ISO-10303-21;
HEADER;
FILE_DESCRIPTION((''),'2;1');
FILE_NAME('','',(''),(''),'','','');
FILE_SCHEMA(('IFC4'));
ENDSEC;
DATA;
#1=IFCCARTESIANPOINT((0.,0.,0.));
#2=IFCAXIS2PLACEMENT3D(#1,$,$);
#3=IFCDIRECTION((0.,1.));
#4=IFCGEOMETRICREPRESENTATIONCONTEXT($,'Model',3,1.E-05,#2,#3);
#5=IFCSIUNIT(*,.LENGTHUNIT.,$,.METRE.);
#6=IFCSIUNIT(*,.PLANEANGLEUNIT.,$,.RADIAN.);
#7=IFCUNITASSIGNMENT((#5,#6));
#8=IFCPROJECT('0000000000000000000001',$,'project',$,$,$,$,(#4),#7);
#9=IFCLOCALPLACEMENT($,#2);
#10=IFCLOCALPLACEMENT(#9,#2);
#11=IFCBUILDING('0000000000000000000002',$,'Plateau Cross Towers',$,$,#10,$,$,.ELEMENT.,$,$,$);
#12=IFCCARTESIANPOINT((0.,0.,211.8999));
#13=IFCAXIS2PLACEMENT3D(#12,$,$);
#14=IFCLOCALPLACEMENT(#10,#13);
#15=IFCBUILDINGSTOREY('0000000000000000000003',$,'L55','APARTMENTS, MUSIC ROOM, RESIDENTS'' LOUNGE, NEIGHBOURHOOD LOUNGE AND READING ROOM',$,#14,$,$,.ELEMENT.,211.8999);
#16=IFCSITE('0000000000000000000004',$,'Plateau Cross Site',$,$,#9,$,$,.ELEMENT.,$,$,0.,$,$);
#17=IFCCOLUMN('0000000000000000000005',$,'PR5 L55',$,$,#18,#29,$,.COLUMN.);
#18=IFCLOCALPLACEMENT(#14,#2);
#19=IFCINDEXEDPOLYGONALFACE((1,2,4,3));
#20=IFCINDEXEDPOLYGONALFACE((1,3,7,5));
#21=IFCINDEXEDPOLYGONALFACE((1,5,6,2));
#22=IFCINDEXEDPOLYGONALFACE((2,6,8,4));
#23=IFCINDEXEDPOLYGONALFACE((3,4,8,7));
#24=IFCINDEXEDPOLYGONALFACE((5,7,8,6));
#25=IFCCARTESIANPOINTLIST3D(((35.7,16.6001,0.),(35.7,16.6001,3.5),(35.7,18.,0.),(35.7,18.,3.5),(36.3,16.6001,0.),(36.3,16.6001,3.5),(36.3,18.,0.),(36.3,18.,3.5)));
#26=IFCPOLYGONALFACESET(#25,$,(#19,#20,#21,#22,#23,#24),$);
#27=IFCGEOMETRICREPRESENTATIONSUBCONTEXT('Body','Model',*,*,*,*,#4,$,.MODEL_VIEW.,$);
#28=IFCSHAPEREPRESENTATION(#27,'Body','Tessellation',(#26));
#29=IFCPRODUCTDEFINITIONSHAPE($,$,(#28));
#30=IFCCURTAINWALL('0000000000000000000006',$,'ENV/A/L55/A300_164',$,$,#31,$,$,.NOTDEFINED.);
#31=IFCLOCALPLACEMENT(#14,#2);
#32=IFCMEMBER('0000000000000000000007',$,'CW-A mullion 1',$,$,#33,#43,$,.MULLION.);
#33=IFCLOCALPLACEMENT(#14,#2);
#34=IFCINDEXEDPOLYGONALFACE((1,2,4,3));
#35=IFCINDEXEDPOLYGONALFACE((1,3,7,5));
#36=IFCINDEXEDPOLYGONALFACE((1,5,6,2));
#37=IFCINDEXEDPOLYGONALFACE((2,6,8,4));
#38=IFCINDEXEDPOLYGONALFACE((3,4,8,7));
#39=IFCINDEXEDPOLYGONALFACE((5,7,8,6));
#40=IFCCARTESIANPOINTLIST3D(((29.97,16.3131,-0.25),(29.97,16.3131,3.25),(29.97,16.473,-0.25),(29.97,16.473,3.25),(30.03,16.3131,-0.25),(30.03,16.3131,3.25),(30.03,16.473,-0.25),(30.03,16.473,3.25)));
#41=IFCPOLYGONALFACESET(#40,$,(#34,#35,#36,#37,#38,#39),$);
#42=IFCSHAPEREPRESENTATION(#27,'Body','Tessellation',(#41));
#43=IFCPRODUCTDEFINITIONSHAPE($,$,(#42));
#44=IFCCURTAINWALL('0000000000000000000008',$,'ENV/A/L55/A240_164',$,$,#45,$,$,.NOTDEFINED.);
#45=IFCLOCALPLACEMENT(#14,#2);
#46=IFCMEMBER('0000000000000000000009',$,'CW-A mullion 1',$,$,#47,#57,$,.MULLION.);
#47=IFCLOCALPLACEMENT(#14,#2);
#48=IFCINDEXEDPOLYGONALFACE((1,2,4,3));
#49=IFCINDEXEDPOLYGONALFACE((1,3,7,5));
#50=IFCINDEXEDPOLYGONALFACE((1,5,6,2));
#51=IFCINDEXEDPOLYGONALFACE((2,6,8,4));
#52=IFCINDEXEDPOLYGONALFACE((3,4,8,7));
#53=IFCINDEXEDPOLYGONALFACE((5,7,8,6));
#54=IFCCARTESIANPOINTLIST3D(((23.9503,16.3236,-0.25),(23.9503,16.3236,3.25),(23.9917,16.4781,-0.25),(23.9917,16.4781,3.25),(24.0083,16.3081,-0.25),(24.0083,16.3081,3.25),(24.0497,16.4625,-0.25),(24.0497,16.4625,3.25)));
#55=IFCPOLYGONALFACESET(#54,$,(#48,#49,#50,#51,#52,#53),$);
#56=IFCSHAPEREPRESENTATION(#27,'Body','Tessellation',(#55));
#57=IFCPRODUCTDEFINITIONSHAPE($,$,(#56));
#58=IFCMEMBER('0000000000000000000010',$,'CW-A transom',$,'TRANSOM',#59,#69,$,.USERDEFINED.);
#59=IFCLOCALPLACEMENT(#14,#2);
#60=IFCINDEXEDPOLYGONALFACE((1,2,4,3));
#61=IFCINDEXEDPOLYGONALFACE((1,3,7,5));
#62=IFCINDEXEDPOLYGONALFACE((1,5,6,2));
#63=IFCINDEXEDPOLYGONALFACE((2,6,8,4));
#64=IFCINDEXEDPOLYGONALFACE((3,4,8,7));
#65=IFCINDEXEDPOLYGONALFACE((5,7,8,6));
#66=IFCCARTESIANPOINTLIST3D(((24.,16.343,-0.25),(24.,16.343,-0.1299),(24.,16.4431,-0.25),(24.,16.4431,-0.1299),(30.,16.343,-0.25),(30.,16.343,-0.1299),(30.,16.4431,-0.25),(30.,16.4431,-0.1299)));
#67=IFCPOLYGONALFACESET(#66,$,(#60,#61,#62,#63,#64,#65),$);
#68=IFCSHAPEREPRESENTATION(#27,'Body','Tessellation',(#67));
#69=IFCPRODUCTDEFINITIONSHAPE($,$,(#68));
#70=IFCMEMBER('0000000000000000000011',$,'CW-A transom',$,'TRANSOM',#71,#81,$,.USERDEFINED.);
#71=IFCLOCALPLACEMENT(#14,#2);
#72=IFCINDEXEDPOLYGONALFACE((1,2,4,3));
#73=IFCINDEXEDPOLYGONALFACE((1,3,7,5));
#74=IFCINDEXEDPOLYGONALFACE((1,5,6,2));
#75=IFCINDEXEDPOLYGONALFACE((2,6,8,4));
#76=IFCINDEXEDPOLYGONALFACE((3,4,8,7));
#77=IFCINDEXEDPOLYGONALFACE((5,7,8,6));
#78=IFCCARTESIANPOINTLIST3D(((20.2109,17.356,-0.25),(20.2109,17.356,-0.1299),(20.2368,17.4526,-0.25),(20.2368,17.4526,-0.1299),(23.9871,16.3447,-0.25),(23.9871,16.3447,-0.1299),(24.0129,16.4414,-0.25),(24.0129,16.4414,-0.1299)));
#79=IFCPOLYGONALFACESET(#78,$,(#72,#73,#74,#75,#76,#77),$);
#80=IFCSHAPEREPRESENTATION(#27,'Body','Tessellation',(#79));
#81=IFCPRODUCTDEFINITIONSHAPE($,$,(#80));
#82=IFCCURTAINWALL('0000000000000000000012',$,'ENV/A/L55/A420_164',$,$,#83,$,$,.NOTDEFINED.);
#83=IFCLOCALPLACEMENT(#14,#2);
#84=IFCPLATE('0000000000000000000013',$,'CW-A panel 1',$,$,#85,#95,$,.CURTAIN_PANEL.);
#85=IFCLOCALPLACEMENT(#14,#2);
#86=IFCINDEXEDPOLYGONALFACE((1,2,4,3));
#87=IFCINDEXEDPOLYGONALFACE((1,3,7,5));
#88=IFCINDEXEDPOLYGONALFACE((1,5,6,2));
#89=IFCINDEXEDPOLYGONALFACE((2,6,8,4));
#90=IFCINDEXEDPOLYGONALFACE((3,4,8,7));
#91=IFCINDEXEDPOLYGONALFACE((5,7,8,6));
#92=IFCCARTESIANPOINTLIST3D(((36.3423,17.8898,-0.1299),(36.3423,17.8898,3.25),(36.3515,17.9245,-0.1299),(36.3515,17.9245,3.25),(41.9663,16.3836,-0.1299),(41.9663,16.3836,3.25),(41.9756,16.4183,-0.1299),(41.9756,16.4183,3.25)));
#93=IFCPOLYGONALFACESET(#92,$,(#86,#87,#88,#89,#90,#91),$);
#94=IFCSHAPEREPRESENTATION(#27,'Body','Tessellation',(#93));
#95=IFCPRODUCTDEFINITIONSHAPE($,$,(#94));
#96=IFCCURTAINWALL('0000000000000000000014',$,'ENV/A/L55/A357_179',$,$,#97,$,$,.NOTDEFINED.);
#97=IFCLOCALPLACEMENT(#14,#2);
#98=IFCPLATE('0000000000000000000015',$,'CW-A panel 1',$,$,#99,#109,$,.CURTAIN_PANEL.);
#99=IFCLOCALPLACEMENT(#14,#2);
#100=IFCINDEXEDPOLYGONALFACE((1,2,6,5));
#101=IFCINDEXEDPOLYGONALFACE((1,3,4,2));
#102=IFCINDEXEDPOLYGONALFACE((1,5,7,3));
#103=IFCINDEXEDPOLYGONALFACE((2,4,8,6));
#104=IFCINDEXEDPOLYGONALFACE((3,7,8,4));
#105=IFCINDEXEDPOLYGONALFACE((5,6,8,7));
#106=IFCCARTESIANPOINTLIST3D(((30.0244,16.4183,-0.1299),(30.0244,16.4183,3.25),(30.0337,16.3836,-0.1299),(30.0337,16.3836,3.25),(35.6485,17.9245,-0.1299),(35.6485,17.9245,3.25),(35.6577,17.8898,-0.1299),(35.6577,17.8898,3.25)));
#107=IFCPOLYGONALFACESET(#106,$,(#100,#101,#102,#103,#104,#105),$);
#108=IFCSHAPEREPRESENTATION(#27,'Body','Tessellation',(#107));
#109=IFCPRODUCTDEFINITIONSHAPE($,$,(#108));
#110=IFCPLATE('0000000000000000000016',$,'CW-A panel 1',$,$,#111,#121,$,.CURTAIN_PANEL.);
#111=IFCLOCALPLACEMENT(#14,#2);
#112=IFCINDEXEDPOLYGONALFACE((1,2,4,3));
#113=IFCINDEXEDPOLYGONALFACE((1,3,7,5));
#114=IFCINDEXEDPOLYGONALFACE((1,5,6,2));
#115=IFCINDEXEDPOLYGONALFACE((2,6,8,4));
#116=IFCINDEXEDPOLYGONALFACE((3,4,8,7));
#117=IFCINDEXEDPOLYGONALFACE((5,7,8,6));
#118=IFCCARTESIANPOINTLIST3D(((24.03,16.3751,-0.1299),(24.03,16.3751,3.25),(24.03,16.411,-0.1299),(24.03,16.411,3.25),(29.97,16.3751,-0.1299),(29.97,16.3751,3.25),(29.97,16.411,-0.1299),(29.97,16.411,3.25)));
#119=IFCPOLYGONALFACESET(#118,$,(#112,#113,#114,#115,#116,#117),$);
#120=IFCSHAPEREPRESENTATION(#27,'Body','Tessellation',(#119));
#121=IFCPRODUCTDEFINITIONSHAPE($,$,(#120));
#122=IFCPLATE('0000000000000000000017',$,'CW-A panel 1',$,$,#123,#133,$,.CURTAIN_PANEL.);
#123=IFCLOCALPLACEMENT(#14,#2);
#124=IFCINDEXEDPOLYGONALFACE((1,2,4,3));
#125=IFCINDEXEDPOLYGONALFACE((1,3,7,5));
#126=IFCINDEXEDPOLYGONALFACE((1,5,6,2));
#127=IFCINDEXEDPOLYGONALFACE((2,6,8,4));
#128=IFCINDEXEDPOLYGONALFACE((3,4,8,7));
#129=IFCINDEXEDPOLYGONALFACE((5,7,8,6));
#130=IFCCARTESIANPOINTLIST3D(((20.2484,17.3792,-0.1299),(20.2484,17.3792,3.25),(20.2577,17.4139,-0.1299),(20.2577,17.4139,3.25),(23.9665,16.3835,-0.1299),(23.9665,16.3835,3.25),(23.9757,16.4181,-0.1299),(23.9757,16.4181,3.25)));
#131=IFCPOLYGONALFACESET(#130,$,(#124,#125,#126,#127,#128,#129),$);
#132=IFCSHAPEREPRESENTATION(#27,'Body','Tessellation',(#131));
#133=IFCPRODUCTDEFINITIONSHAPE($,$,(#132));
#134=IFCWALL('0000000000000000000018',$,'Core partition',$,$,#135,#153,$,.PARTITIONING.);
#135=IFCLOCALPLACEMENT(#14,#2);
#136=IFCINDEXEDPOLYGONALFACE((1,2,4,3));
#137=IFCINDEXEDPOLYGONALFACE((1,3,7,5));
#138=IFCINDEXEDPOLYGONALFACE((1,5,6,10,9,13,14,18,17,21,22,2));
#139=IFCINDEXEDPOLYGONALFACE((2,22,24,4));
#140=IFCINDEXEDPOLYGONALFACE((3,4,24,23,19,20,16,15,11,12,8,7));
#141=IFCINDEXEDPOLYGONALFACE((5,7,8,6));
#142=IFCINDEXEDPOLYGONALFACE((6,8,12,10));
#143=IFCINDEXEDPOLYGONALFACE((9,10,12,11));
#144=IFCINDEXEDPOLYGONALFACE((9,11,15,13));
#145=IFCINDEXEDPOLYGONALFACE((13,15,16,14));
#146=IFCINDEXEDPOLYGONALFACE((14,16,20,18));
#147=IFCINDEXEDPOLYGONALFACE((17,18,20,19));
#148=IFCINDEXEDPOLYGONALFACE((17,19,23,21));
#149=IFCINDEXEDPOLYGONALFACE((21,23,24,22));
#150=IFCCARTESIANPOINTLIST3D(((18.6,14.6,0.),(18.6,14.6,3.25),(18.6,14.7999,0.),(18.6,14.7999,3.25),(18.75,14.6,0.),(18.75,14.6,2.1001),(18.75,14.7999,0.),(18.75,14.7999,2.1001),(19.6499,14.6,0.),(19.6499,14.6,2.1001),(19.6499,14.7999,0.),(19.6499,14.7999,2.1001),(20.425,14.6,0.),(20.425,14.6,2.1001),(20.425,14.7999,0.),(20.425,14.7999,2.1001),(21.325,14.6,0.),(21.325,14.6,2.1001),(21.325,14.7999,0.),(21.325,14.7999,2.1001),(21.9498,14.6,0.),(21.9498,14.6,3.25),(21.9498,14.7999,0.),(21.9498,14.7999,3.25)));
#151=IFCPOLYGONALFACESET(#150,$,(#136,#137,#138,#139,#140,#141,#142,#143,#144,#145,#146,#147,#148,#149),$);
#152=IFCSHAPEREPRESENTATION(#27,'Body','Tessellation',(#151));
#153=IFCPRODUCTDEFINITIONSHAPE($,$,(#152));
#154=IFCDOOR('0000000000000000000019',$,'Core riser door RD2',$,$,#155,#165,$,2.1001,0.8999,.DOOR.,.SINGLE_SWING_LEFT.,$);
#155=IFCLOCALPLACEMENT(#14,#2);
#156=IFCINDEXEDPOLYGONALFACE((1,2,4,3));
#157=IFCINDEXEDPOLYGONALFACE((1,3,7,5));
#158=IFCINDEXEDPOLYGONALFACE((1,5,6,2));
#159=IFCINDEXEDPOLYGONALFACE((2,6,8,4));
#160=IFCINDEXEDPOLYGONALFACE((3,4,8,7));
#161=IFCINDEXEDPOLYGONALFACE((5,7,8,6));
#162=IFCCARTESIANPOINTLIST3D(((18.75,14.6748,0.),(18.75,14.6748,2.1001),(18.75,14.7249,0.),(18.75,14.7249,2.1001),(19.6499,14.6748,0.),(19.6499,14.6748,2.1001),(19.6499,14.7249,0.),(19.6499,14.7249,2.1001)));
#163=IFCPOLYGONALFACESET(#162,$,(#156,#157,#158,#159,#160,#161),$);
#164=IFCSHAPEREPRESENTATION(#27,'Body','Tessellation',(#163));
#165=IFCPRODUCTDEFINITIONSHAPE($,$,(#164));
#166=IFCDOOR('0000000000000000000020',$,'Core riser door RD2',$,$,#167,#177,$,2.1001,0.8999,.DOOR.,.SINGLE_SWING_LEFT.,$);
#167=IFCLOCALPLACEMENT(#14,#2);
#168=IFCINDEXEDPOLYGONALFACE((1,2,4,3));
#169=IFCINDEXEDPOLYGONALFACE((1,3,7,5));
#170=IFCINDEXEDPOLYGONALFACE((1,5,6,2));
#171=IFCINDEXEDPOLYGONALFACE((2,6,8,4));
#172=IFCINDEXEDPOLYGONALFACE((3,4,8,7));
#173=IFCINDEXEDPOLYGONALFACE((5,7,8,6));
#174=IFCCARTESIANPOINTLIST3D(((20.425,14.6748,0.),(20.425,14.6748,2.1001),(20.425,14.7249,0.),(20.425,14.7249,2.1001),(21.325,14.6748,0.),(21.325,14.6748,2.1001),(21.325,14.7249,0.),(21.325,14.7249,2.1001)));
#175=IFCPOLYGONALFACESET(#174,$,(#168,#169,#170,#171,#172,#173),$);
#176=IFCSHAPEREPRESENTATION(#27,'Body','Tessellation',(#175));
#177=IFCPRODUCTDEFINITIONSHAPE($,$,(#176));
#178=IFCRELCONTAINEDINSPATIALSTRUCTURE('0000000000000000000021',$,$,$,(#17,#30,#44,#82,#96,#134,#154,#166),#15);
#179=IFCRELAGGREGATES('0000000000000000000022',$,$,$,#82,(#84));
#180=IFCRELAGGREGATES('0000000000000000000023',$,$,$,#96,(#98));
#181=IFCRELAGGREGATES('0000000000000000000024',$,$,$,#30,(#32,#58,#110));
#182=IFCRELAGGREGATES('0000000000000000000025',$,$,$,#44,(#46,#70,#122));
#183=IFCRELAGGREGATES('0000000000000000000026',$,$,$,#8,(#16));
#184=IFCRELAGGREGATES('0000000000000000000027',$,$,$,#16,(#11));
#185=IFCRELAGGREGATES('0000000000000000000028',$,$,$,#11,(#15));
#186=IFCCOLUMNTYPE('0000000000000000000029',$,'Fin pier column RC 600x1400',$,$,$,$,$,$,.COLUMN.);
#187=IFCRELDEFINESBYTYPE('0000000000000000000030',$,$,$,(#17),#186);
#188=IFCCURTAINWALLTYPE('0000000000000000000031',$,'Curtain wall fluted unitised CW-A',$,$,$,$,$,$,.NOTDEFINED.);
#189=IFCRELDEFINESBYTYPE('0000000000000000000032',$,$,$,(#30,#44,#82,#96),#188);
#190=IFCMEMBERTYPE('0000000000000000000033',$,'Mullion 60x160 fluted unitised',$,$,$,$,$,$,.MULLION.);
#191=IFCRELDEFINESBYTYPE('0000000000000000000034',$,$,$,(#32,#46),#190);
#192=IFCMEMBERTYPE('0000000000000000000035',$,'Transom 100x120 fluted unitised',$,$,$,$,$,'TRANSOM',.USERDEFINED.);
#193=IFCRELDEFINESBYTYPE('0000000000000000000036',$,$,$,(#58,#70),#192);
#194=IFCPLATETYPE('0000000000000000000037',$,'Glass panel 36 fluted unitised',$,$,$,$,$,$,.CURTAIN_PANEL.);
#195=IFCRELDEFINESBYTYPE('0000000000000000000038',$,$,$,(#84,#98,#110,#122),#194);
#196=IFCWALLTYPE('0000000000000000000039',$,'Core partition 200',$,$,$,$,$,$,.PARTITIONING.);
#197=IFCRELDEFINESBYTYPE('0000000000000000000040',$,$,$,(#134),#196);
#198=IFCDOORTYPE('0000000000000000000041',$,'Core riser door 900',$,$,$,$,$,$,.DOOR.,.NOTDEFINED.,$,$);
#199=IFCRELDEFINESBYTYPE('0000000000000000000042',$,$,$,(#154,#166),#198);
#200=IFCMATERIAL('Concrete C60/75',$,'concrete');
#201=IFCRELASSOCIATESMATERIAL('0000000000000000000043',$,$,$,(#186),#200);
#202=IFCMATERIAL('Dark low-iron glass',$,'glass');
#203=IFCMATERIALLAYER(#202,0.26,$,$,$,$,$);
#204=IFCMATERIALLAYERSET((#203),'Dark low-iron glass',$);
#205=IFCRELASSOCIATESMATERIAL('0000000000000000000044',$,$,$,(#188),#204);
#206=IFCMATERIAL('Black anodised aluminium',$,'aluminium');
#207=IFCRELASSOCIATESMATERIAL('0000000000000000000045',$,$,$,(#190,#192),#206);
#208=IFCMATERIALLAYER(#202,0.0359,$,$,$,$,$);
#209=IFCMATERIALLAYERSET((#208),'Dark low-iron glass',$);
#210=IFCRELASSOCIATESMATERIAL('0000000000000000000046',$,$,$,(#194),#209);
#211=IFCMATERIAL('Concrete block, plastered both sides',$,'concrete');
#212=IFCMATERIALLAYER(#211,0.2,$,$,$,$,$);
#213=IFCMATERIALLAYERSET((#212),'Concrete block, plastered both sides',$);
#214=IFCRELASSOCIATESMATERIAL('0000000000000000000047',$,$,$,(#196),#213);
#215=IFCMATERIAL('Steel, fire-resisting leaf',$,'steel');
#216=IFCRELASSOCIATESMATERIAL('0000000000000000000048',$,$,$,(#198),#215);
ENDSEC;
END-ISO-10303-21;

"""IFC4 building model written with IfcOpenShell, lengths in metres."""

from ifc_helpers import new_model, si_unit, direction, frame, frame_2d, origin, origin_2d, place, context, subcontext, project, spatial, rectangle, extrude, material, layer, layer_set, material_profile, profile_set, type_object, element, fill, aggregate, save


model = new_model("IFC4")

# Units and contexts
model_context = context("Model", 3, precision=1e-05, world=origin(), true_north=direction((0.0, 1.0)))
body_context = subcontext(model_context, "Body", "Model", "MODEL_VIEW")
ifc_project = project(units=[si_unit("LENGTHUNIT", "METRE"), si_unit("PLANEANGLEUNIT", "RADIAN")], contexts=[model_context])

# Site, building, storey
site_placement = place(None, origin())
site = spatial("IfcSite", under=ifc_project, at=site_placement, Name="Plateau Cross Site", CompositionType="ELEMENT", RefElevation=0.0)
building_placement = place(site_placement, origin())
building = spatial("IfcBuilding", under=site, at=building_placement, Name="Plateau Cross Towers", CompositionType="ELEMENT")
storey_placement = place(building_placement, frame((0.0, 0.0, 211.8999)))
storey = spatial("IfcBuildingStorey", under=building, at=storey_placement, Name="L55", Description="APARTMENTS, MUSIC ROOM, RESIDENTS' LOUNGE, NEIGHBOURHOOD LOUNGE AND READING ROOM", CompositionType="ELEMENT", Elevation=211.8999)

# Column
ifc_material_1 = material(Name="Concrete C60/75", Category="concrete")
ifc_material_profile_1 = material_profile(ifc_material_1, rectangle(XDim=0.6001, YDim=1.3999, at=origin_2d()), Name="RC 600x1400")
ifc_profile_set_1 = profile_set([ifc_material_profile_1], Name="Concrete C60/75")
column_type = type_object("IfcColumnType", Name="Fin pier column RC 600x1400", PredefinedType="COLUMN", material=ifc_profile_set_1)
column_placement = place(storey_placement, frame((36.0, 17.3, 0.0), z_axis=(0.0, 0.0, 1.0), x_axis=(1.0, 0.0, 0.0)))
element("IfcColumn", 1, at=column_placement, inside=storey, type_object=column_type, Name="PR5 L55", PredefinedType="COLUMN", context=body_context, shape_type="SweptSolid", body=[
    extrude(rectangle(XDim=0.6001, YDim=1.3999, at=origin_2d()), origin(), (0.0, 0.0, 1.0), 3.5),
])

# Curtain walls, members
ifc_material_2 = material(Name="Dark low-iron glass", Category="glass")
ifc_layer_1 = layer(ifc_material_2, 0.26)
ifc_layer_set_1 = layer_set([ifc_layer_1], Name="Dark low-iron glass")
curtain_wall_type = type_object("IfcCurtainWallType", Name="Curtain wall fluted unitised CW-A", PredefinedType="NOTDEFINED", material=ifc_layer_set_1)
curtain_wall_1_placement = place(storey_placement, origin())
curtain_wall_1 = element("IfcCurtainWall", 2, at=curtain_wall_1_placement, inside=storey, type_object=curtain_wall_type, Name="ENV/A/L55/A300_164", PredefinedType="NOTDEFINED")
ifc_material_3 = material(Name="Black anodised aluminium", Category="aluminium")
ifc_material_profile_2 = material_profile(ifc_material_3, rectangle(XDim=0.0601, YDim=0.1599, at=origin_2d()), Name="MULLION 60x160")
ifc_profile_set_2 = profile_set([ifc_material_profile_2], Name="Black anodised aluminium")
member_type_1 = type_object("IfcMemberType", Name="Mullion 60x160 fluted unitised", PredefinedType="MULLION", material=ifc_profile_set_2)
member_1_placement = place(storey_placement, frame((30.0, 16.3931, -0.25), z_axis=(0.0, 0.0, 1.0), x_axis=(-1.0, 0.0, 0.0)))
member_1 = element("IfcMember", 3, at=member_1_placement, type_object=member_type_1, Name="CW-A mullion 1", PredefinedType="MULLION", context=body_context, shape_type="SweptSolid", body=[
    extrude(rectangle(XDim=0.0601, YDim=0.1599, at=origin_2d()), origin(), (0.0, 0.0, 1.0), 3.5),
])
curtain_wall_2_placement = place(storey_placement, origin())
curtain_wall_2 = element("IfcCurtainWall", 4, at=curtain_wall_2_placement, inside=storey, type_object=curtain_wall_type, Name="ENV/A/L55/A240_164", PredefinedType="NOTDEFINED")
member_2_placement = place(storey_placement, frame((24.0, 16.3931, -0.25), z_axis=(0.0, 0.0, 1.0), x_axis=(-0.965958, 0.258699, 0.0)))
member_2 = element("IfcMember", 5, at=member_2_placement, type_object=member_type_1, Name="CW-A mullion 1", PredefinedType="MULLION", context=body_context, shape_type="SweptSolid", body=[
    extrude(rectangle(XDim=0.0601, YDim=0.1599, at=origin_2d()), origin(), (0.0, 0.0, 1.0), 3.5),
])

# Members
ifc_material_profile_3 = material_profile(ifc_material_3, rectangle(XDim=0.1001, YDim=0.1201, at=origin_2d()), Name="TRANSOM 100x120")
ifc_profile_set_3 = profile_set([ifc_material_profile_3], Name="Black anodised aluminium")
member_type_2 = type_object("IfcMemberType", Name="Transom 100x120 fluted unitised", ElementType="TRANSOM", PredefinedType="USERDEFINED", material=ifc_profile_set_3)
member_3_placement = place(storey_placement, frame((30.0, 16.3931, -0.1899), z_axis=(-1.0, 0.0, 0.0), x_axis=(0.0, -1.0, 0.0)))
member_3 = element("IfcMember", 6, at=member_3_placement, type_object=member_type_2, Name="CW-A transom", ObjectType="TRANSOM", PredefinedType="USERDEFINED", context=body_context, shape_type="SweptSolid", body=[
    extrude(rectangle(XDim=0.1001, YDim=0.1201, at=origin_2d()), origin(), (0.0, 0.0, 1.0), 6.0),
])
member_4_placement = place(storey_placement, frame((24.0, 16.3931, -0.1899), z_axis=(-0.965963, 0.258681, 0.0), x_axis=(-0.258681, -0.965963, 0.0)))
member_4 = element("IfcMember", 7, at=member_4_placement, type_object=member_type_2, Name="CW-A transom", ObjectType="TRANSOM", PredefinedType="USERDEFINED", context=body_context, shape_type="SweptSolid", body=[
    extrude(rectangle(XDim=0.1001, YDim=0.1201, at=origin_2d()), origin(), (0.0, 0.0, 1.0), 3.9092),
])

# Curtain walls, plates
curtain_wall_3_placement = place(storey_placement, origin())
curtain_wall_3 = element("IfcCurtainWall", 8, at=curtain_wall_3_placement, inside=storey, type_object=curtain_wall_type, Name="ENV/A/L55/A420_164", PredefinedType="NOTDEFINED")
ifc_layer_2 = layer(ifc_material_2, 0.0359)
ifc_layer_set_2 = layer_set([ifc_layer_2], Name="Dark low-iron glass")
plate_type = type_object("IfcPlateType", Name="Glass panel 36 fluted unitised", PredefinedType="CURTAIN_PANEL", material=ifc_layer_set_2)
plate_1_placement = place(storey_placement, frame((39.1589, 17.1541, -0.1299), z_axis=(0.0, 0.0, 1.0), x_axis=(-0.965958, 0.258699, 0.0)))
plate_1 = element("IfcPlate", 9, at=plate_1_placement, type_object=plate_type, Name="CW-A panel 1", PredefinedType="CURTAIN_PANEL", context=body_context, shape_type="SweptSolid", body=[
    extrude(rectangle(XDim=5.8223, YDim=0.0359, at=origin_2d()), origin(), (0.0, 0.0, 1.0), 3.3799),
])
aggregate(curtain_wall_3, [plate_1])
curtain_wall_4_placement = place(storey_placement, origin())
curtain_wall_4 = element("IfcCurtainWall", 10, at=curtain_wall_4_placement, inside=storey, type_object=curtain_wall_type, Name="ENV/A/L55/A357_179", PredefinedType="NOTDEFINED")
plate_2_placement = place(storey_placement, frame((32.8411, 17.1541, -0.1299), z_axis=(0.0, 0.0, 1.0), x_axis=(-0.965958, -0.258699, 0.0)))
plate_2 = element("IfcPlate", 11, at=plate_2_placement, type_object=plate_type, Name="CW-A panel 1", PredefinedType="CURTAIN_PANEL", context=body_context, shape_type="SweptSolid", body=[
    extrude(rectangle(XDim=5.8223, YDim=0.0359, at=origin_2d()), origin(), (0.0, 0.0, 1.0), 3.3799),
])
aggregate(curtain_wall_4, [plate_2])

# Plates
plate_3_placement = place(storey_placement, frame((27.0, 16.3931, -0.1299), z_axis=(0.0, 0.0, 1.0), x_axis=(-1.0, 0.0, 0.0)))
plate_3 = element("IfcPlate", 12, at=plate_3_placement, type_object=plate_type, Name="CW-A panel 1", PredefinedType="CURTAIN_PANEL", context=body_context, shape_type="SweptSolid", body=[
    extrude(rectangle(XDim=5.9399, YDim=0.0359, at=origin_2d()), origin(), (0.0, 0.0, 1.0), 3.3799),
])
aggregate(curtain_wall_1, [member_1, member_3, plate_3])
plate_4_placement = place(storey_placement, frame((22.1121, 16.8987, -0.1299), z_axis=(0.0, 0.0, 1.0), x_axis=(-0.965958, 0.258699, 0.0)))
plate_4 = element("IfcPlate", 13, at=plate_4_placement, type_object=plate_type, Name="CW-A panel 1", PredefinedType="CURTAIN_PANEL", context=body_context, shape_type="SweptSolid", body=[
    extrude(rectangle(XDim=3.8491, YDim=0.0359, at=origin_2d()), origin(), (0.0, 0.0, 1.0), 3.3799),
])
aggregate(curtain_wall_2, [member_2, member_4, plate_4])

# Wall, openings, doors
ifc_material_4 = material(Name="Concrete block, plastered both sides", Category="concrete")
ifc_layer_3 = layer(ifc_material_4, 0.2)
ifc_layer_set_3 = layer_set([ifc_layer_3], Name="Concrete block, plastered both sides")
wall_type_1 = type_object("IfcWallType", Name="Core partition 200", PredefinedType="PARTITIONING", material=ifc_layer_set_3)
wall_1_placement = place(storey_placement, frame((18.6001, 14.7, 0.0), z_axis=(0.0, 0.0, 1.0), x_axis=(1.0, 0.0, 0.0)))
wall_1 = element("IfcWall", 14, at=wall_1_placement, inside=storey, type_object=wall_type_1, Name="Core partition", PredefinedType="PARTITIONING", context=body_context, shape_type="SweptSolid", body=[
    extrude(rectangle(XDim=3.3499, YDim=0.2, at=frame_2d((1.6748, 0.0))), origin(), (0.0, 0.0, 1.0), 3.25),
])
opening_1_placement = place(wall_1_placement, frame((0.1499, 0.0, 0.0)))
opening_1 = element("IfcOpeningElement", 15, at=opening_1_placement, cuts=wall_1, PredefinedType="OPENING", context=body_context, shape_type="SweptSolid", body=[
    extrude(rectangle(XDim=0.8999, YDim=2.1001, at=frame_2d((0.45, 1.05))), frame((0.0, 0.1099, 0.0), z_axis=(0.0, -1.0, 0.0), x_axis=(1.0, 0.0, 0.0)), (0.0, 0.0, 1.0), 0.22),
])
opening_2_placement = place(wall_1_placement, frame((1.825, 0.0, 0.0)))
opening_2 = element("IfcOpeningElement", 16, at=opening_2_placement, cuts=wall_1, PredefinedType="OPENING", context=body_context, shape_type="SweptSolid", body=[
    extrude(rectangle(XDim=0.8999, YDim=2.1001, at=frame_2d((0.45, 1.05))), frame((0.0, 0.1099, 0.0), z_axis=(0.0, -1.0, 0.0), x_axis=(1.0, 0.0, 0.0)), (0.0, 0.0, 1.0), 0.22),
])
ifc_material_5 = material(Name="Steel, fire-resisting leaf", Category="steel")
door_type_1 = type_object("IfcDoorType", Name="Core riser door 900", OperationType="NOTDEFINED", PredefinedType="DOOR", material=ifc_material_5)
door_1_placement = place(opening_1_placement, origin())
door_1 = element("IfcDoor", 17, at=door_1_placement, inside=storey, type_object=door_type_1, Name="Core riser door RD2", OperationType="SINGLE_SWING_LEFT", OverallHeight=2.1001, OverallWidth=0.8999, PredefinedType="DOOR", context=body_context, shape_type="SweptSolid", body=[
    extrude(rectangle(XDim=0.8999, YDim=2.1001, at=frame_2d((0.45, 1.05))), frame((0.0, 0.0249, 0.0), z_axis=(0.0, -1.0, 0.0), x_axis=(1.0, 0.0, 0.0)), (0.0, 0.0, 1.0), 0.05),
])
fill(opening_1, door_1)
door_2_placement = place(opening_2_placement, origin())
door_2 = element("IfcDoor", 18, at=door_2_placement, inside=storey, type_object=door_type_1, Name="Core riser door RD2", OperationType="SINGLE_SWING_LEFT", OverallHeight=2.1001, OverallWidth=0.8999, PredefinedType="DOOR", context=body_context, shape_type="SweptSolid", body=[
    extrude(rectangle(XDim=0.8999, YDim=2.1001, at=frame_2d((0.45, 1.05))), frame((0.0, 0.0249, 0.0), z_axis=(0.0, -1.0, 0.0), x_axis=(1.0, 0.0, 0.0)), (0.0, 0.0, 1.0), 0.05),
])
fill(opening_2, door_2)

save(model, "model.ifc")
